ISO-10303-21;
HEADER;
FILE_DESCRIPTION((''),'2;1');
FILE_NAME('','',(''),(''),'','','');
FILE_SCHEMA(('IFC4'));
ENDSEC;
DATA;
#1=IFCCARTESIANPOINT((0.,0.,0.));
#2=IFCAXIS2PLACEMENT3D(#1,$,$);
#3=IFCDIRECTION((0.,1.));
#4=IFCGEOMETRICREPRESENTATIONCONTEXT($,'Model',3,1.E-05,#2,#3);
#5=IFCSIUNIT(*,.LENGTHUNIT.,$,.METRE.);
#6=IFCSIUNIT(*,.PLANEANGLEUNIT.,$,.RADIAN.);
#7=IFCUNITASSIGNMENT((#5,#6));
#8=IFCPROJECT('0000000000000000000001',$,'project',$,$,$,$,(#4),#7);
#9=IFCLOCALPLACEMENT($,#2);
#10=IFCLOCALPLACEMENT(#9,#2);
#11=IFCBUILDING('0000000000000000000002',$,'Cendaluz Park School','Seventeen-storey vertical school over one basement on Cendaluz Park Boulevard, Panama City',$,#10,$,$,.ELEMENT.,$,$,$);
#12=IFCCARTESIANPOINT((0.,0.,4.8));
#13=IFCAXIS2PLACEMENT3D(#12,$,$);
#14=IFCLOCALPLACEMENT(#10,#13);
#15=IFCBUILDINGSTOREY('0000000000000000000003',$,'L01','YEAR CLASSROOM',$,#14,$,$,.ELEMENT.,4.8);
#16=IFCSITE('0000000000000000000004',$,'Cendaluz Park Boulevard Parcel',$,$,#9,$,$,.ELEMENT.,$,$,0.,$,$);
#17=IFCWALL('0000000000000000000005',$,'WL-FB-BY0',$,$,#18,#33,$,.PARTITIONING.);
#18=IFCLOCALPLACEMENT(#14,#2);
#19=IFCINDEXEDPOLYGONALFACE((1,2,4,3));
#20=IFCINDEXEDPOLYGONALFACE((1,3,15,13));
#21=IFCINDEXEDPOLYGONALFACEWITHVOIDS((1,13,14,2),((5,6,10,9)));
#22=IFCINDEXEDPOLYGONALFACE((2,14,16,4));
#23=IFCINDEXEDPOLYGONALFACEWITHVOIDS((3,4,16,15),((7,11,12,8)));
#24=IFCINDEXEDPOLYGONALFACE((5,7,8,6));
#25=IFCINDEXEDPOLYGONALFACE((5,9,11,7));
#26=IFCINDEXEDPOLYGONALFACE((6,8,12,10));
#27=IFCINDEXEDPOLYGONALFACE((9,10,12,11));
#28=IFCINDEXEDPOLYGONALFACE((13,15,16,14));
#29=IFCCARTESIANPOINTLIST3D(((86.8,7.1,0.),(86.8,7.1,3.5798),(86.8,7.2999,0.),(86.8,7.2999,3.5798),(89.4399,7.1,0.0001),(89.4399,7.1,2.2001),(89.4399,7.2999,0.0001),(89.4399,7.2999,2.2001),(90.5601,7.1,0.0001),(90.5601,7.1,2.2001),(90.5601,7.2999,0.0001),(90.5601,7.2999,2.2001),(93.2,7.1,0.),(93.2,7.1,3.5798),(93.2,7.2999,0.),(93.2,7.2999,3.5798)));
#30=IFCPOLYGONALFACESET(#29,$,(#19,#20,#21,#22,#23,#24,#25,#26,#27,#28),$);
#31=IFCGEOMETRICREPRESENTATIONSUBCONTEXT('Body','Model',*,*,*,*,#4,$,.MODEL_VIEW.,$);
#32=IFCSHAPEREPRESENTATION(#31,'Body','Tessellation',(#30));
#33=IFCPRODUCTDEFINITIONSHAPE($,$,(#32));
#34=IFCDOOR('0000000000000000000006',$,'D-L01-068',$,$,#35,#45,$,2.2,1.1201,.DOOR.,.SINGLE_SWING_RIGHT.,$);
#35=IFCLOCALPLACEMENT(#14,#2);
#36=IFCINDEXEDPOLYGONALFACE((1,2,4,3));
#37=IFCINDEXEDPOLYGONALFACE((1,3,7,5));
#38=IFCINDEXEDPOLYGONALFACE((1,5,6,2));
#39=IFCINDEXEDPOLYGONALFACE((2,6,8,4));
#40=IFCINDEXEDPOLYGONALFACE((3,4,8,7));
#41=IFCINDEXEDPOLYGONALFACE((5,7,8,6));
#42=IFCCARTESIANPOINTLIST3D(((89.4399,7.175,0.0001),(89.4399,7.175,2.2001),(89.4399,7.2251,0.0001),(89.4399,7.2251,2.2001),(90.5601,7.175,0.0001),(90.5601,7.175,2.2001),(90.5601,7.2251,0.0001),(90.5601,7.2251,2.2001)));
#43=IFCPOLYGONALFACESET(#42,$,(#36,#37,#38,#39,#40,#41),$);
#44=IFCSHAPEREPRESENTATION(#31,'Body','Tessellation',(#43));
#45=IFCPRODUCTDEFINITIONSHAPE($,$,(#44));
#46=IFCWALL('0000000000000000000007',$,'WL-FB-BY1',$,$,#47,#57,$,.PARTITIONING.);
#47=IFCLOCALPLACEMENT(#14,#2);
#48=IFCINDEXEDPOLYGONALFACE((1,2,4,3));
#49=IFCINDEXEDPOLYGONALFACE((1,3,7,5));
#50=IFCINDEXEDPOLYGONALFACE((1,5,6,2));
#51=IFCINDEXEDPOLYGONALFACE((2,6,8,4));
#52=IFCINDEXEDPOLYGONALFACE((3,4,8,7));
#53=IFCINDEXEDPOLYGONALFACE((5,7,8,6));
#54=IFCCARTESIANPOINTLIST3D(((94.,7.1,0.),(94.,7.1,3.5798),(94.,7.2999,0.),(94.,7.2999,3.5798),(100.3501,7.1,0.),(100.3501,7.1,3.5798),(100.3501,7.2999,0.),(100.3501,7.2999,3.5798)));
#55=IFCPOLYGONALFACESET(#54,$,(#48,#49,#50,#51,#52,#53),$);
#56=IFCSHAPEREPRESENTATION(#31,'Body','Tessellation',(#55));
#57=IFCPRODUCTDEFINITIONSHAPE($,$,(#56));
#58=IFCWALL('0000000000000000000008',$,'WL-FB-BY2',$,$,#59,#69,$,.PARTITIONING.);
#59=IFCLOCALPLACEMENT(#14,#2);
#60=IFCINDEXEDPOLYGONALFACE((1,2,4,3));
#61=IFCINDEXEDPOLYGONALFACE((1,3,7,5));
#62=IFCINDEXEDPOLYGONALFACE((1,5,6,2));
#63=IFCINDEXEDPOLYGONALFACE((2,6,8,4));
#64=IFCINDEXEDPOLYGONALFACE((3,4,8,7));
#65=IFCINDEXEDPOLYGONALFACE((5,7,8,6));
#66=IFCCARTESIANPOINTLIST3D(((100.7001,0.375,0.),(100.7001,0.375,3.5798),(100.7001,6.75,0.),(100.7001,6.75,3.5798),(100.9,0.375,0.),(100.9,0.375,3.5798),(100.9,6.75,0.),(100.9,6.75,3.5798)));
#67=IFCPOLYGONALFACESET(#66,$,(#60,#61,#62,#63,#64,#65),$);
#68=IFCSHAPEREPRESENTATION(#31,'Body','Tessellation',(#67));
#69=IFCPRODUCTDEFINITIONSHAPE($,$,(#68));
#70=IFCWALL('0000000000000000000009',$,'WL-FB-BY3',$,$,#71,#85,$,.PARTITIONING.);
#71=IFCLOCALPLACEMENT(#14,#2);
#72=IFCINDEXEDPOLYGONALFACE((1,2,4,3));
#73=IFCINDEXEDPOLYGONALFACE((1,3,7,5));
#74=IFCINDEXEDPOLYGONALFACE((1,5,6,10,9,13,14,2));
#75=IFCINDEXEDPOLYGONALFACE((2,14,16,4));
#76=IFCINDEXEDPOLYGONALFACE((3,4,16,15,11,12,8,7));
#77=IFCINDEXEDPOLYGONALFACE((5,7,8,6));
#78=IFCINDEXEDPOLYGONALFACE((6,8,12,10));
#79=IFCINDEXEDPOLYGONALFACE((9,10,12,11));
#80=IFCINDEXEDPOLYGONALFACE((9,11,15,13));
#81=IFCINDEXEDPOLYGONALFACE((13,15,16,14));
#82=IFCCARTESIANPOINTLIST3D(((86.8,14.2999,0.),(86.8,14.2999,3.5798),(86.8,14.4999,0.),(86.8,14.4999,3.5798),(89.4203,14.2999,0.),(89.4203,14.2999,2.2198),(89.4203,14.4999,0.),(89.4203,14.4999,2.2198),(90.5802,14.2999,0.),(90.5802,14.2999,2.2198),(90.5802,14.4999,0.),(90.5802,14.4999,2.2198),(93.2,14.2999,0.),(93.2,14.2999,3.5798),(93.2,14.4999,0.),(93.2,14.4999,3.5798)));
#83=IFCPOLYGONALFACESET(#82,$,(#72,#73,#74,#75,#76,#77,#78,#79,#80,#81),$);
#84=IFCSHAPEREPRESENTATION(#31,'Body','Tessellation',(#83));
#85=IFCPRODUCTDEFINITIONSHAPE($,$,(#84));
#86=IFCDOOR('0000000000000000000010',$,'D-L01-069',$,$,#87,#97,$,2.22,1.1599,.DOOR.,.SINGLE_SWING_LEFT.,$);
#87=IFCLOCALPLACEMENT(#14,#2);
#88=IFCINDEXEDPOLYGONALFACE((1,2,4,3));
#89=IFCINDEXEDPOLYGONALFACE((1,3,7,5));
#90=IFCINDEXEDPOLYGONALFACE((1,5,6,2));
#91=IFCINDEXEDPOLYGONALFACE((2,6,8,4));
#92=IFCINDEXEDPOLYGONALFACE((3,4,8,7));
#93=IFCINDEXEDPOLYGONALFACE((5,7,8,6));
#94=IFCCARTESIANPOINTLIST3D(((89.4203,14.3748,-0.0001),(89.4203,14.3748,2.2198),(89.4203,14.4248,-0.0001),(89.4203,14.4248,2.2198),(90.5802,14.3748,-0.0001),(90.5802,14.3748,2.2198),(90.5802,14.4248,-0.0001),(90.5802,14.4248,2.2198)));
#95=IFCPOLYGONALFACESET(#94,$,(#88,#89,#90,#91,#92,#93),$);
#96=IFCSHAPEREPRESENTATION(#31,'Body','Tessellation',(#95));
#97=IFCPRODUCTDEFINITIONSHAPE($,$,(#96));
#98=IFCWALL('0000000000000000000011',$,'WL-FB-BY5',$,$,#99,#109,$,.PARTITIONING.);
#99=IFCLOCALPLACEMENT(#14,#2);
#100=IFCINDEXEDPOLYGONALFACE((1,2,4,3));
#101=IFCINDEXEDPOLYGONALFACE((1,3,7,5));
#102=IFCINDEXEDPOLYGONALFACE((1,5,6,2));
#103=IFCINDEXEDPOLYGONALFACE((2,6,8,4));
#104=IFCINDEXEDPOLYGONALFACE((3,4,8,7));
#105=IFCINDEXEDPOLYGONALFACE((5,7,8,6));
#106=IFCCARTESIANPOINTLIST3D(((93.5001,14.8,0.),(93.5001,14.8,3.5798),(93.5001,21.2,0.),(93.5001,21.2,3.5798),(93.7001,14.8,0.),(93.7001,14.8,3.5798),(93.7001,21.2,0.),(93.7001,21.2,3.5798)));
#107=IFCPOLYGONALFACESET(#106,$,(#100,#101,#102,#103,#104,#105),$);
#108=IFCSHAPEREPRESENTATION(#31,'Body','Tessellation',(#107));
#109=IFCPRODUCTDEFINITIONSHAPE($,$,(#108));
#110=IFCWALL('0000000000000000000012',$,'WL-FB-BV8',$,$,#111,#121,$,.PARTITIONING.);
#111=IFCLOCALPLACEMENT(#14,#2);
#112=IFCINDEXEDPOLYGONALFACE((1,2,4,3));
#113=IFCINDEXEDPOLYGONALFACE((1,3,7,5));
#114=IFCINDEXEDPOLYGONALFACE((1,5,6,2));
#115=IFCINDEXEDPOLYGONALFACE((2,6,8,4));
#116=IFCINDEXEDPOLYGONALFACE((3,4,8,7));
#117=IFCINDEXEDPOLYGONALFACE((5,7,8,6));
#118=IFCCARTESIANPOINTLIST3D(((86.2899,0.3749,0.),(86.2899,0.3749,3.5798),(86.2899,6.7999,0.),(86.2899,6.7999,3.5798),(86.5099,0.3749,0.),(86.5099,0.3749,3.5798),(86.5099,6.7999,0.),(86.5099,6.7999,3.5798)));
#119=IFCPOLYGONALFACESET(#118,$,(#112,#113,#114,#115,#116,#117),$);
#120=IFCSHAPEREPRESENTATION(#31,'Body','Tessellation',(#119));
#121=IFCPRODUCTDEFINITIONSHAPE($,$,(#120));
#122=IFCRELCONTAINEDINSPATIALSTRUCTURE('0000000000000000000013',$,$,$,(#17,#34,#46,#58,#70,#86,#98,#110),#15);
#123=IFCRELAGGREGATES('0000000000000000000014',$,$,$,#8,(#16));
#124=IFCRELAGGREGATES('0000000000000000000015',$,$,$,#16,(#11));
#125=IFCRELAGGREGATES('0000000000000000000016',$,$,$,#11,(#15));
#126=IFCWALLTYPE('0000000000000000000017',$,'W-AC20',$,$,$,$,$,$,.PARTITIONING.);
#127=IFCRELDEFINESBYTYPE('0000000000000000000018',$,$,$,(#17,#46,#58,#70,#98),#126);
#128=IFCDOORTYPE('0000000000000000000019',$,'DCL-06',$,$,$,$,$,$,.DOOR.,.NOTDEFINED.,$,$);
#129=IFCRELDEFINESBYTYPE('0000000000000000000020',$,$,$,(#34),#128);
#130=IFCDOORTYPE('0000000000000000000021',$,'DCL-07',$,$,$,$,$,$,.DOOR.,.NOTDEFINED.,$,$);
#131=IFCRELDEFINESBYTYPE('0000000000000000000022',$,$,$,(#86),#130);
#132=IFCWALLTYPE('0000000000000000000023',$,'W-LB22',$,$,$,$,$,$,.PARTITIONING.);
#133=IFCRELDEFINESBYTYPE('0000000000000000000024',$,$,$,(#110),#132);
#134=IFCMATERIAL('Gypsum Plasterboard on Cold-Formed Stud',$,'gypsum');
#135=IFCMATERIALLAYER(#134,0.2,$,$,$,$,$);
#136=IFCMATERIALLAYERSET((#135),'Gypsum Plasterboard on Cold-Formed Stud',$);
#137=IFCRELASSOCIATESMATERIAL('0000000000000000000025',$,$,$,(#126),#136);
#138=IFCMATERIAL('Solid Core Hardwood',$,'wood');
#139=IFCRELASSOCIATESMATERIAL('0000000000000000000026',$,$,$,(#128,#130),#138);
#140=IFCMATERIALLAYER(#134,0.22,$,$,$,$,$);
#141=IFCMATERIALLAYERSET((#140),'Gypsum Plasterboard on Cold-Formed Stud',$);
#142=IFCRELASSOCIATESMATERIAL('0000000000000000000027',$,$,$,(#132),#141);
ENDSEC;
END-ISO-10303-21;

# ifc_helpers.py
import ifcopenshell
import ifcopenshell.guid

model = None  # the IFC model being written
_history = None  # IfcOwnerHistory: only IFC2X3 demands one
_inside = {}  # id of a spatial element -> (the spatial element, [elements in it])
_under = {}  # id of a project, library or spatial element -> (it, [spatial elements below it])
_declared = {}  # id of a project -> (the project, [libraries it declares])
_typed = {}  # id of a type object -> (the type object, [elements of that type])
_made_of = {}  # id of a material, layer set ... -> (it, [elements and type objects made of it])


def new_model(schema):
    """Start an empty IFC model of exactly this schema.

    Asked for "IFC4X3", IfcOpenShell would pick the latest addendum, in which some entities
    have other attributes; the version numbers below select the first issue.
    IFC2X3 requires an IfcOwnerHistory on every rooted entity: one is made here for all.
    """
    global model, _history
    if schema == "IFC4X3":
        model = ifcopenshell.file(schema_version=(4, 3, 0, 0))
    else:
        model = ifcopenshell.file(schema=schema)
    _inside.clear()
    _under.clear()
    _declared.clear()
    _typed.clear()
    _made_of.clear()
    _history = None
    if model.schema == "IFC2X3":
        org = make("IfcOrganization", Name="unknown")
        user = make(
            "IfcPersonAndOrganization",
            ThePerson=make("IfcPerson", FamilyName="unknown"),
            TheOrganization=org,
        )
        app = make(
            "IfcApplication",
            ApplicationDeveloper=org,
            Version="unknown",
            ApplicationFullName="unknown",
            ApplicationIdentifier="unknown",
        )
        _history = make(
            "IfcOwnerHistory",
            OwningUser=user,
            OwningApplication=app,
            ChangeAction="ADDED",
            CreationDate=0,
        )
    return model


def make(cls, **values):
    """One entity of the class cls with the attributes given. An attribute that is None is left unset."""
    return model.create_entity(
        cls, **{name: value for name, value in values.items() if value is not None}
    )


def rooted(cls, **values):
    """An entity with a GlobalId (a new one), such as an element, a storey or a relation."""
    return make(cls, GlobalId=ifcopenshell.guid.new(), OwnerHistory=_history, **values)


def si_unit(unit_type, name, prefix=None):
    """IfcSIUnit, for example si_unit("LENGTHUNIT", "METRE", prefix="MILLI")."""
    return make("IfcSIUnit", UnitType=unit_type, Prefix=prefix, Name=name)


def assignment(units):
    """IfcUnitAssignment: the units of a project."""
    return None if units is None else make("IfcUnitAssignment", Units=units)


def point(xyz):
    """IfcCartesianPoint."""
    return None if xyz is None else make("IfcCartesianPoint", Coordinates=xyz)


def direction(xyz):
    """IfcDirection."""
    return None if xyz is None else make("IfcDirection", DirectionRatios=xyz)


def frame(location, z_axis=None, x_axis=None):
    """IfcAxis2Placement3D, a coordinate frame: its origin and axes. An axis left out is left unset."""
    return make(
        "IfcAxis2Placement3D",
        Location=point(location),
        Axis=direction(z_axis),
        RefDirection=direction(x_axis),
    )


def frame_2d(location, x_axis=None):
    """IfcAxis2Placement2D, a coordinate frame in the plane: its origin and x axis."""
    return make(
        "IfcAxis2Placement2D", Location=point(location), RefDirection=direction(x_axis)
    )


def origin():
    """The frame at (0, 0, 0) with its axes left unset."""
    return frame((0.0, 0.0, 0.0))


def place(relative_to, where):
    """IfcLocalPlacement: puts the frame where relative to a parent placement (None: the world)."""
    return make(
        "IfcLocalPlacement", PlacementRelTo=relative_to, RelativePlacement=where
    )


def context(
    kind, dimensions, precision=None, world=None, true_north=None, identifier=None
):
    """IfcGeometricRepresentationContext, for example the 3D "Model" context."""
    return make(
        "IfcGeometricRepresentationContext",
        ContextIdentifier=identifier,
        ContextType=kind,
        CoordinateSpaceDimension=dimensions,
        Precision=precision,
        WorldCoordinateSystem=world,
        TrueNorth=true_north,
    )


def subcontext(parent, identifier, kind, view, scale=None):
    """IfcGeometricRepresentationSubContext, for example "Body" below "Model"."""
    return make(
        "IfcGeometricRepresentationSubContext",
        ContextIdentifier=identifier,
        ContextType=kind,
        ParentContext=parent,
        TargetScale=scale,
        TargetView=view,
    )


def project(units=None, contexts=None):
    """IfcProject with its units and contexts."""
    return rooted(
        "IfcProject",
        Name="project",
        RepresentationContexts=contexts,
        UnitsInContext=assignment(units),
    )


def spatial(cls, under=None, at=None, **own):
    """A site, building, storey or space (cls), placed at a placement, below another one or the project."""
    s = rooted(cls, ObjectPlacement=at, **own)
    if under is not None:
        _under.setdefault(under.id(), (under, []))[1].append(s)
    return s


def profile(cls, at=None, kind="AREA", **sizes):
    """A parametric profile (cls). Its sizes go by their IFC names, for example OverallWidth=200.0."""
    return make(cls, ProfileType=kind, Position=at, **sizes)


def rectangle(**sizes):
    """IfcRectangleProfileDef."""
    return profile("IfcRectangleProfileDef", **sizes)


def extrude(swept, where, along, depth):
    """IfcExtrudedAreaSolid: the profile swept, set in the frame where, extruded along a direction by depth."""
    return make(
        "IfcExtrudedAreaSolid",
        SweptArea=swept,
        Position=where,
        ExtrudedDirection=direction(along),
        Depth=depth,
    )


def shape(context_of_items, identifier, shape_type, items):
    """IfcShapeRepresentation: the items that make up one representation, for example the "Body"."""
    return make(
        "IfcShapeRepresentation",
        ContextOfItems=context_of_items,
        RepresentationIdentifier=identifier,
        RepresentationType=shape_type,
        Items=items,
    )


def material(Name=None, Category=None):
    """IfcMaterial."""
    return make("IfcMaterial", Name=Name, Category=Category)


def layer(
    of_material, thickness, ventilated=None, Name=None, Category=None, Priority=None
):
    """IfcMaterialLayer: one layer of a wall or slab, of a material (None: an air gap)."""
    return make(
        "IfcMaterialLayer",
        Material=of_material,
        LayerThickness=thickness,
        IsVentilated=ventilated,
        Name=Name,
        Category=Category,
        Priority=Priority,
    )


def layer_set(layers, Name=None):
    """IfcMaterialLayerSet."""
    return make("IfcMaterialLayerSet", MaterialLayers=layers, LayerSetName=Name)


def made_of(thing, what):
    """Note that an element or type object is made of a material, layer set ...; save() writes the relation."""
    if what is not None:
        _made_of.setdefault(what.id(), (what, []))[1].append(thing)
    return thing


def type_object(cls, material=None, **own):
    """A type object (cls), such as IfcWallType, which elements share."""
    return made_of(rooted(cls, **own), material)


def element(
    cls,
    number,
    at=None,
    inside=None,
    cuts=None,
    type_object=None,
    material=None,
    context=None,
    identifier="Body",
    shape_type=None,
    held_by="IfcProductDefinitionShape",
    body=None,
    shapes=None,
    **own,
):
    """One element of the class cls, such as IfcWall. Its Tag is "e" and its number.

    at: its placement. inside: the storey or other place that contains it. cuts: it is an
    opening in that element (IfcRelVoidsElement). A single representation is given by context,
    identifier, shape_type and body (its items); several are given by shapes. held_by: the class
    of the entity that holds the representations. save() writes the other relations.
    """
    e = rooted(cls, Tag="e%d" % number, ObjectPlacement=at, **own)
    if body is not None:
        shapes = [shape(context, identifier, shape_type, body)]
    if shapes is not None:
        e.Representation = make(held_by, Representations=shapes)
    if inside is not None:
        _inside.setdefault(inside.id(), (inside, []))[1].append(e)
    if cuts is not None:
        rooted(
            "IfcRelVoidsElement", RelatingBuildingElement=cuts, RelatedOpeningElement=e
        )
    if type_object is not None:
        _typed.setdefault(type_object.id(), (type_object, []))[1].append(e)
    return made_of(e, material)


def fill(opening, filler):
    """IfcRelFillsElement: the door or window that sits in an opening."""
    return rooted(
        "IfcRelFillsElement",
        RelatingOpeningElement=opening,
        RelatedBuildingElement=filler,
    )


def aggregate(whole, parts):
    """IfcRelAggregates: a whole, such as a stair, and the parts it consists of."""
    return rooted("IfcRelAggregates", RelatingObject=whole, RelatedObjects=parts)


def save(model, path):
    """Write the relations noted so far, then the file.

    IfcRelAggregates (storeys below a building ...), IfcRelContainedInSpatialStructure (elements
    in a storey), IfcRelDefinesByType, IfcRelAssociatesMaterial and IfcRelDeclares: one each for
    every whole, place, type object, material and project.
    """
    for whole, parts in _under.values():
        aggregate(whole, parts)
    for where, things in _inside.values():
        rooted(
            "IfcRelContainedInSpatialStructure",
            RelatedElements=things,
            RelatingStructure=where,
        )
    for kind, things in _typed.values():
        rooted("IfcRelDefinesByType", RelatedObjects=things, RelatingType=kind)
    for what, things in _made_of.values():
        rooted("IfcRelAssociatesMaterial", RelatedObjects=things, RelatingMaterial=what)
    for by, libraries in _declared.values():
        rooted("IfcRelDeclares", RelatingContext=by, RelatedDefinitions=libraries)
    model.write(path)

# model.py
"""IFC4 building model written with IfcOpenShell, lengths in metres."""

from ifc_helpers import new_model, si_unit, direction, frame, frame_2d, origin, place, context, subcontext, project, spatial, rectangle, extrude, material, layer, layer_set, type_object, element, fill, save


model = new_model("IFC4")

# Units and contexts
model_context = context("Model", 3, precision=1e-05, world=origin(), true_north=direction((0.0, 1.0)))
body_context = subcontext(model_context, "Body", "Model", "MODEL_VIEW")
ifc_project = project(units=[si_unit("LENGTHUNIT", "METRE"), si_unit("PLANEANGLEUNIT", "RADIAN")], contexts=[model_context])

# Site, building, storey
site_placement = place(None, origin())
site = spatial("IfcSite", under=ifc_project, at=site_placement, Name="Cendaluz Park Boulevard Parcel", CompositionType="ELEMENT", RefElevation=0.0)
building_placement = place(site_placement, origin())
building = spatial("IfcBuilding", under=site, at=building_placement, Name="Cendaluz Park School", Description="Seventeen-storey vertical school over one basement on Cendaluz Park Boulevard, Panama City", CompositionType="ELEMENT")
storey_placement = place(building_placement, frame((0.0, 0.0, 4.8)))
storey = spatial("IfcBuildingStorey", under=building, at=storey_placement, Name="L01", Description="YEAR CLASSROOM", CompositionType="ELEMENT", Elevation=4.8)

# Shared definitions
ifc_material_1 = material(Name="Gypsum Plasterboard on Cold-Formed Stud", Category="gypsum")
ifc_layer_1 = layer(ifc_material_1, 0.2)
ifc_layer_set_1 = layer_set([ifc_layer_1], Name="Gypsum Plasterboard on Cold-Formed Stud")
wall_type_1 = type_object("IfcWallType", Name="W-AC20", PredefinedType="PARTITIONING", material=ifc_layer_set_1)

# Wall, opening, door
wall_1_placement = place(storey_placement, frame((86.8, 7.2, 0.0), z_axis=(0.0, 0.0, 1.0), x_axis=(1.0, 0.0, 0.0)))
wall_1 = element("IfcWall", 1, at=wall_1_placement, inside=storey, type_object=wall_type_1, Name="WL-FB-BY0", PredefinedType="PARTITIONING", context=body_context, shape_type="SweptSolid", body=[
    extrude(rectangle(XDim=6.3999, YDim=0.2, at=frame_2d((3.2, 0.0))), origin(), (0.0, 0.0, 1.0), 3.5798),
])
opening_1_placement = place(wall_1_placement, frame((2.6399, 0.0, 0.0)))
opening_1 = element("IfcOpeningElement", 2, at=opening_1_placement, cuts=wall_1, PredefinedType="OPENING", context=body_context, shape_type="SweptSolid", body=[
    extrude(rectangle(XDim=1.1201, YDim=2.2, at=frame_2d((0.5601, 1.1001))), frame((0.0, 0.1121, 0.0), z_axis=(0.0, -1.0, 0.0), x_axis=(1.0, 0.0, 0.0)), (0.0, 0.0, 1.0), 0.2239),
])
ifc_material_2 = material(Name="Solid Core Hardwood", Category="wood")
door_type_1 = type_object("IfcDoorType", Name="DCL-06", OperationType="NOTDEFINED", PredefinedType="DOOR", material=ifc_material_2)
door_1_placement = place(opening_1_placement, frame((1.1201, 0.0, 0.0), z_axis=(0.0, 0.0, 1.0), x_axis=(-1.0, 0.0, 0.0)))
door_1 = element("IfcDoor", 3, at=door_1_placement, inside=storey, type_object=door_type_1, Name="D-L01-068", OperationType="SINGLE_SWING_RIGHT", OverallHeight=2.2, OverallWidth=1.1201, PredefinedType="DOOR", context=body_context, shape_type="SweptSolid", body=[
    extrude(rectangle(XDim=1.1201, YDim=2.2, at=frame_2d((0.5601, 1.1001))), frame((0.0, 0.0249, 0.0), z_axis=(0.0, -1.0, 0.0), x_axis=(1.0, 0.0, 0.0)), (0.0, 0.0, 1.0), 0.05),
])
fill(opening_1, door_1)

# Walls
wall_2_placement = place(storey_placement, frame((94.0, 7.2, 0.0), z_axis=(0.0, 0.0, 1.0), x_axis=(1.0, 0.0, 0.0)))
element("IfcWall", 4, at=wall_2_placement, inside=storey, type_object=wall_type_1, Name="WL-FB-BY1", PredefinedType="PARTITIONING", context=body_context, shape_type="SweptSolid", body=[
    extrude(rectangle(XDim=6.3501, YDim=0.2, at=frame_2d((3.175, 0.0))), origin(), (0.0, 0.0, 1.0), 3.5798),
])
wall_3_placement = place(storey_placement, frame((100.8, 0.375, 0.0), z_axis=(0.0, 0.0, 1.0), x_axis=(0.0, 1.0, 0.0)))
element("IfcWall", 5, at=wall_3_placement, inside=storey, type_object=wall_type_1, Name="WL-FB-BY2", PredefinedType="PARTITIONING", context=body_context, shape_type="SweptSolid", body=[
    extrude(rectangle(XDim=6.375, YDim=0.2, at=frame_2d((3.1875, 0.0))), origin(), (0.0, 0.0, 1.0), 3.5798),
])

# Wall, opening, door
wall_4_placement = place(storey_placement, frame((86.8, 14.3999, 0.0), z_axis=(0.0, 0.0, 1.0), x_axis=(1.0, 0.0, 0.0)))
wall_4 = element("IfcWall", 6, at=wall_4_placement, inside=storey, type_object=wall_type_1, Name="WL-FB-BY3", PredefinedType="PARTITIONING", context=body_context, shape_type="SweptSolid", body=[
    extrude(rectangle(XDim=6.3999, YDim=0.2, at=frame_2d((3.2, 0.0))), origin(), (0.0, 0.0, 1.0), 3.5798),
])
opening_2_placement = place(wall_4_placement, frame((2.6201, 0.0, 0.0)))
opening_2 = element("IfcOpeningElement", 7, at=opening_2_placement, cuts=wall_4, PredefinedType="OPENING", context=body_context, shape_type="SweptSolid", body=[
    extrude(rectangle(XDim=1.1599, YDim=2.22, at=frame_2d((0.5801, 1.1099))), frame((0.0, 0.1121, 0.0), z_axis=(0.0, -1.0, 0.0), x_axis=(1.0, 0.0, 0.0)), (0.0, 0.0, 1.0), 0.2239),
])
door_type_2 = type_object("IfcDoorType", Name="DCL-07", OperationType="NOTDEFINED", PredefinedType="DOOR", material=ifc_material_2)
door_2_placement = place(opening_2_placement, origin())
door_2 = element("IfcDoor", 8, at=door_2_placement, inside=storey, type_object=door_type_2, Name="D-L01-069", OperationType="SINGLE_SWING_LEFT", OverallHeight=2.22, OverallWidth=1.1599, PredefinedType="DOOR", context=body_context, shape_type="SweptSolid", body=[
    extrude(rectangle(XDim=1.1599, YDim=2.22, at=frame_2d((0.5801, 1.1099))), frame((0.0, 0.0249, 0.0), z_axis=(0.0, -1.0, 0.0), x_axis=(1.0, 0.0, 0.0)), (0.0, 0.0, 1.0), 0.05),
])
fill(opening_2, door_2)

# Walls
wall_5_placement = place(storey_placement, frame((93.6001, 14.8, 0.0), z_axis=(0.0, 0.0, 1.0), x_axis=(0.0, 1.0, 0.0)))
element("IfcWall", 9, at=wall_5_placement, inside=storey, type_object=wall_type_1, Name="WL-FB-BY5", PredefinedType="PARTITIONING", context=body_context, shape_type="SweptSolid", body=[
    extrude(rectangle(XDim=6.3999, YDim=0.2, at=frame_2d((3.2, 0.0))), origin(), (0.0, 0.0, 1.0), 3.5798),
])
ifc_layer_2 = layer(ifc_material_1, 0.22)
ifc_layer_set_2 = layer_set([ifc_layer_2], Name="Gypsum Plasterboard on Cold-Formed Stud")
wall_type_2 = type_object("IfcWallType", Name="W-LB22", PredefinedType="PARTITIONING", material=ifc_layer_set_2)
wall_6_placement = place(storey_placement, frame((86.3999, 0.375, 0.0), z_axis=(0.0, 0.0, 1.0), x_axis=(0.0, 1.0, 0.0)))
element("IfcWall", 10, at=wall_6_placement, inside=storey, type_object=wall_type_2, Name="WL-FB-BV8", PredefinedType="PARTITIONING", context=body_context, shape_type="SweptSolid", body=[
    extrude(rectangle(XDim=6.425, YDim=0.22, at=frame_2d((3.2124, 0.0))), origin(), (0.0, 0.0, 1.0), 3.5798),
])

save(model, "model.ifc")
